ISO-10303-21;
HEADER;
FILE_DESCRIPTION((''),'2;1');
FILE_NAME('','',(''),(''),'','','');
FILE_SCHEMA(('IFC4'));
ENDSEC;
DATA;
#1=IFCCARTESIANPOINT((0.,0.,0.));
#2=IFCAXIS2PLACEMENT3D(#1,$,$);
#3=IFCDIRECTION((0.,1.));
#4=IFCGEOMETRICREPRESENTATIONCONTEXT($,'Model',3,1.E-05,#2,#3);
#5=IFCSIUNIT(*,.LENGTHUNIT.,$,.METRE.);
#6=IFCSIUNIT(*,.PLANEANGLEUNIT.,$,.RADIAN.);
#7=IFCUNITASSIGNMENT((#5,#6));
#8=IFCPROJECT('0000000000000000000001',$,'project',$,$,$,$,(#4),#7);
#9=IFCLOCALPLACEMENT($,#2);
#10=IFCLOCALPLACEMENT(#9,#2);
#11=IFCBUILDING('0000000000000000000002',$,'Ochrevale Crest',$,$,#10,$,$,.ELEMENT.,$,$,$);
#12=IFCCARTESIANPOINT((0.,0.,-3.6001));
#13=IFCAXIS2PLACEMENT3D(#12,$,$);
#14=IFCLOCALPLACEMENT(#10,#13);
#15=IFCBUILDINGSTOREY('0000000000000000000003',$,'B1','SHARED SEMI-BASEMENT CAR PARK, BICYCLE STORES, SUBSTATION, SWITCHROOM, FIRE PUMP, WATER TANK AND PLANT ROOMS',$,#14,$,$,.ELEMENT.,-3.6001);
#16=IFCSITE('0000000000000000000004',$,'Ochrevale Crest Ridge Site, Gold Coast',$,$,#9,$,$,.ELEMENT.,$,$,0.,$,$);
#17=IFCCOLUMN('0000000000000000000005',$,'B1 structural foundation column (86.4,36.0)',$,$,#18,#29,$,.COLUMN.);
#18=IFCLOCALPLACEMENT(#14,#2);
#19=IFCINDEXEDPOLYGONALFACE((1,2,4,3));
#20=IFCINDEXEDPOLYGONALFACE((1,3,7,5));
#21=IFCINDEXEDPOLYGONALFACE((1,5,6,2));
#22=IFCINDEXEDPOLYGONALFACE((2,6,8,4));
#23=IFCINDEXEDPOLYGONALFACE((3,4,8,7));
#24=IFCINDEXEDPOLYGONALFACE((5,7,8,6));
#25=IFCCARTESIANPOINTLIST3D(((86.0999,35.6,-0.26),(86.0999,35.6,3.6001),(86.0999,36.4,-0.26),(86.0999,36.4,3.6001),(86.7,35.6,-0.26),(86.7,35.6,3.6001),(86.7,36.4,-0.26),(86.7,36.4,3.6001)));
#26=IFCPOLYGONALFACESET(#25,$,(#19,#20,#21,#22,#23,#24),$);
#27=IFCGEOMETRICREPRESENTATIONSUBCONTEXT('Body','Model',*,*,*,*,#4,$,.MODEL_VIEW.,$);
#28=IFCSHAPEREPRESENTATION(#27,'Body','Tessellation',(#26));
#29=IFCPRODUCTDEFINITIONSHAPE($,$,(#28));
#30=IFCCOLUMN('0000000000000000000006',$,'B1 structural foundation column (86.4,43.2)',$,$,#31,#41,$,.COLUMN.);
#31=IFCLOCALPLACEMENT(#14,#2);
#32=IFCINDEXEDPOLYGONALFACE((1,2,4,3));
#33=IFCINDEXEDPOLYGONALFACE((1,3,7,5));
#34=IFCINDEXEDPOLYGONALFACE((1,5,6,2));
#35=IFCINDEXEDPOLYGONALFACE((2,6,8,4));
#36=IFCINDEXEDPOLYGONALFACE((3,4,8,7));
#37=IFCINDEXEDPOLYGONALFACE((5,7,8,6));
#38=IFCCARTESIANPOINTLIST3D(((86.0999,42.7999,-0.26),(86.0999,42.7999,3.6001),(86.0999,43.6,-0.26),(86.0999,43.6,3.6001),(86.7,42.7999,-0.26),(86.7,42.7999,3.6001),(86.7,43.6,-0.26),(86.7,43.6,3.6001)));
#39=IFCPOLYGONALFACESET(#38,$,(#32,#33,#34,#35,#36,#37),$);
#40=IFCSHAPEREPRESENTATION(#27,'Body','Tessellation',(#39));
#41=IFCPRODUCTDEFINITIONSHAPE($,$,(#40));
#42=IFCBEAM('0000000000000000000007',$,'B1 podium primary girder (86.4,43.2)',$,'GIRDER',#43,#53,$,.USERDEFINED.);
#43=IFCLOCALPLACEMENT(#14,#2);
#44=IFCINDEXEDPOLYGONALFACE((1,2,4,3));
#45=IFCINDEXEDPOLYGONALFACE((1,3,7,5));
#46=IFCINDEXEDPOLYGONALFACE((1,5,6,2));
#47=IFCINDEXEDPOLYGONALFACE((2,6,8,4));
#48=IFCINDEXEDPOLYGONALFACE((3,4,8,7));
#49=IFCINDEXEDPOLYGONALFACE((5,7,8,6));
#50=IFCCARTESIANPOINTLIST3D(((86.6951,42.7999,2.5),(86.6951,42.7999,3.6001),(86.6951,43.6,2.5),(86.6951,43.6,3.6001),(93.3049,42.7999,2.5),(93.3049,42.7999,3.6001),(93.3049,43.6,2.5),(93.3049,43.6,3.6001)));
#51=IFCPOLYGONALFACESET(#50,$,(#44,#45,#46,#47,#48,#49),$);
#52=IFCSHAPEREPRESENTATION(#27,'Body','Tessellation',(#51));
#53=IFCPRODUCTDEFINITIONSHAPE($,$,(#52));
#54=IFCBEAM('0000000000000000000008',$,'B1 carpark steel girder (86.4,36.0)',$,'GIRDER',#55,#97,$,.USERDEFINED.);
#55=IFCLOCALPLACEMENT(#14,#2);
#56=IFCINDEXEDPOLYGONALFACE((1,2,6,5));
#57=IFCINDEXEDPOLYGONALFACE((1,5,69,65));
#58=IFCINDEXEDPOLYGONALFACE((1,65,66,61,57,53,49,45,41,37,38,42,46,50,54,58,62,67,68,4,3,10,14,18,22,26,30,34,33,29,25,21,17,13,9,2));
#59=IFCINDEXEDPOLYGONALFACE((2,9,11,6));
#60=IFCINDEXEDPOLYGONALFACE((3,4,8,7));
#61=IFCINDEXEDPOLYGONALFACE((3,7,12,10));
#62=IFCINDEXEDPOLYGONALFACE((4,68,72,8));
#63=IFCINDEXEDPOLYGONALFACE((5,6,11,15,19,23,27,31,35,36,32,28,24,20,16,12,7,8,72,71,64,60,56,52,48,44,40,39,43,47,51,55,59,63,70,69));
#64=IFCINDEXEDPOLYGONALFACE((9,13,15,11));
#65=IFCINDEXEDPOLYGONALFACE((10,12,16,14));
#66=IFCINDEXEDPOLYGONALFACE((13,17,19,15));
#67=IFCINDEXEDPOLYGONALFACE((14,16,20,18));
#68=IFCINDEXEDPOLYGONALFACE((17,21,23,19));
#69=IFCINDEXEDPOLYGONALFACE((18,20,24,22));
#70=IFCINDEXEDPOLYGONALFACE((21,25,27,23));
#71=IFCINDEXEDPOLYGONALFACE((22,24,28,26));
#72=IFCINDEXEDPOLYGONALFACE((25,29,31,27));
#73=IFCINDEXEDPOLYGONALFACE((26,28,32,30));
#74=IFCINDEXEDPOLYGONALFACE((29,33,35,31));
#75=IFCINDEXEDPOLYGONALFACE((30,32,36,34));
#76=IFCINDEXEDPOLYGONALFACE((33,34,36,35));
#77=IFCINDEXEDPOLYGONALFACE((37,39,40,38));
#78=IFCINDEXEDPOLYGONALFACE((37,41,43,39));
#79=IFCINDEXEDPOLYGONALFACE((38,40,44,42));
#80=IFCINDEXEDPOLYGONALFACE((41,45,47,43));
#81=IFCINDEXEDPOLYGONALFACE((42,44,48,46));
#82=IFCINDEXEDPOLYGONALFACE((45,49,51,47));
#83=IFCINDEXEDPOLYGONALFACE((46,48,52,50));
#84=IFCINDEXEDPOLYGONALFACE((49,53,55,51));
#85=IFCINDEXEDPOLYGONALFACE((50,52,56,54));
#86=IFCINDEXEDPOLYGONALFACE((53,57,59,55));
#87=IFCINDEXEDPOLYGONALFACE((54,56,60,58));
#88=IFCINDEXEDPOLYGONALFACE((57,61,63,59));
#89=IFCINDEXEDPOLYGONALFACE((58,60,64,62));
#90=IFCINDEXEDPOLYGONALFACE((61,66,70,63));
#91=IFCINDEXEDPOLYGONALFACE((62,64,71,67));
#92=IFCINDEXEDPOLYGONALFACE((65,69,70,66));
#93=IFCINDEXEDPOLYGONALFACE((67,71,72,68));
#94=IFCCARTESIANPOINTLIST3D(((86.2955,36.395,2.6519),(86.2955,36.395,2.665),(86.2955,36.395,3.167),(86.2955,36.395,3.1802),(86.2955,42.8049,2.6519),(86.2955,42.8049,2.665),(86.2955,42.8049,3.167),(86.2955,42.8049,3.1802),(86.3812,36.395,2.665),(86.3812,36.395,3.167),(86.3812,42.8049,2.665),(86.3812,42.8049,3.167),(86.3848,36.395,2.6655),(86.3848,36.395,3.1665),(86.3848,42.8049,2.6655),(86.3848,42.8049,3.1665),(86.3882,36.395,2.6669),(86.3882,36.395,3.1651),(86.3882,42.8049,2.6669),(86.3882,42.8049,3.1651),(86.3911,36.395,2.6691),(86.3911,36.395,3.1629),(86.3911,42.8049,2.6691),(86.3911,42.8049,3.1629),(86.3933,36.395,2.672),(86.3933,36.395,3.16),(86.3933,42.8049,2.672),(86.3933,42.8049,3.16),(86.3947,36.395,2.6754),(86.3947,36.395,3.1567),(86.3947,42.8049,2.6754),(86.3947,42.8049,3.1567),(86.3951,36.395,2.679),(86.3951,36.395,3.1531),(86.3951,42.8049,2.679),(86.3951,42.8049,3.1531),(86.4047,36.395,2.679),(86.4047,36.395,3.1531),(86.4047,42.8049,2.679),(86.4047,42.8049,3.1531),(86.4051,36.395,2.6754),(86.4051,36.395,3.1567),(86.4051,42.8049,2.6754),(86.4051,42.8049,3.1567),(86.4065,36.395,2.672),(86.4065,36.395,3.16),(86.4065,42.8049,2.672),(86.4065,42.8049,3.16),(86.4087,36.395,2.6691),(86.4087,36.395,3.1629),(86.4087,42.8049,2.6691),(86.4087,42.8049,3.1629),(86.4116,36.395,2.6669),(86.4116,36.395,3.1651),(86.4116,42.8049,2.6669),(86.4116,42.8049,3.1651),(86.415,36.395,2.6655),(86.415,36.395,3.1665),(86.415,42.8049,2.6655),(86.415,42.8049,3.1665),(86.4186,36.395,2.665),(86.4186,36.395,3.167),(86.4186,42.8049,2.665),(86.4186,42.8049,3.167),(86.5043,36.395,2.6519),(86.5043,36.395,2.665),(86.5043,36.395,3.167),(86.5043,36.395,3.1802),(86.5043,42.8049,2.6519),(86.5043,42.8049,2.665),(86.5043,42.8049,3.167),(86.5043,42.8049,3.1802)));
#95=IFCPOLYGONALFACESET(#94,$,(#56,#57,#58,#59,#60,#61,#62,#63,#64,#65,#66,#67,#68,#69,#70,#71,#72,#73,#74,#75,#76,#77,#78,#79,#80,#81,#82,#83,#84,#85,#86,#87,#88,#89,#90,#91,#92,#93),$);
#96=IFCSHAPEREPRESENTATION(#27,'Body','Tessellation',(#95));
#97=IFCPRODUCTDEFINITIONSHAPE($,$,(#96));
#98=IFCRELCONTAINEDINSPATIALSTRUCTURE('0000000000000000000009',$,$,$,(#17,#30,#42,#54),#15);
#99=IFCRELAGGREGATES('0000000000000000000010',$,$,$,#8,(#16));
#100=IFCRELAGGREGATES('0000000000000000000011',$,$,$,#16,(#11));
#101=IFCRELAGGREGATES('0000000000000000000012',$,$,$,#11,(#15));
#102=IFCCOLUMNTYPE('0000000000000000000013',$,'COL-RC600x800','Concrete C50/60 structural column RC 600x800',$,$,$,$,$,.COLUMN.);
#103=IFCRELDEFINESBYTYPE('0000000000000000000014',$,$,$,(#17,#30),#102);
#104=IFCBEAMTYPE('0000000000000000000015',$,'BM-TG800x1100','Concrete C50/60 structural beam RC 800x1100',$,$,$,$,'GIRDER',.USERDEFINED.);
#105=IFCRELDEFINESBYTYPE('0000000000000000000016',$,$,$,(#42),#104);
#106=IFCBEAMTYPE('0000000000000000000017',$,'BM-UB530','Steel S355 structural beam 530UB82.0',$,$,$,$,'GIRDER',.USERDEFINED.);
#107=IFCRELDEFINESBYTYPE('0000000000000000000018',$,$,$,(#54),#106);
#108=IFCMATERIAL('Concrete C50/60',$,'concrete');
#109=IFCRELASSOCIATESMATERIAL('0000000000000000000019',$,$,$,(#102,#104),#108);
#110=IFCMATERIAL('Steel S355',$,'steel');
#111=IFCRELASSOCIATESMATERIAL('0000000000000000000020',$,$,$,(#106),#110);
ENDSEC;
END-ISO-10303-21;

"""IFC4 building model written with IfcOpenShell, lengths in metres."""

from ifc_helpers import new_model, si_unit, direction, frame, origin, origin_2d, place, context, subcontext, project, spatial, rectangle, i_section, extrude, material, material_profile, profile_set, type_object, element, save


model = new_model("IFC4")

# Units and contexts
model_context = context("Model", 3, precision=1e-05, world=origin(), true_north=direction((0.0, 1.0)))
body_context = subcontext(model_context, "Body", "Model", "MODEL_VIEW")
ifc_project = project(units=[si_unit("LENGTHUNIT", "METRE"), si_unit("PLANEANGLEUNIT", "RADIAN")], contexts=[model_context])

# Site, building, storey
site_placement = place(None, origin())
site = spatial("IfcSite", under=ifc_project, at=site_placement, Name="Ochrevale Crest Ridge Site, Gold Coast", CompositionType="ELEMENT", RefElevation=0.0)
building_placement = place(site_placement, origin())
building = spatial("IfcBuilding", under=site, at=building_placement, Name="Ochrevale Crest", CompositionType="ELEMENT")
storey_placement = place(building_placement, frame((0.0, 0.0, -3.6001)))
storey = spatial("IfcBuildingStorey", under=building, at=storey_placement, Name="B1", Description="SHARED SEMI-BASEMENT CAR PARK, BICYCLE STORES, SUBSTATION, SWITCHROOM, FIRE PUMP, WATER TANK AND PLANT ROOMS", CompositionType="ELEMENT", Elevation=-3.6001)

# Columns
ifc_material_1 = material(Name="Concrete C50/60", Category="concrete")
ifc_material_profile_1 = material_profile(ifc_material_1, rectangle(XDim=0.6001, YDim=0.8, at=origin_2d()), Name="RC 600x800")
ifc_profile_set_1 = profile_set([ifc_material_profile_1], Name="Concrete C50/60")
column_type_1 = type_object("IfcColumnType", Name="COL-RC600x800", Description="Concrete C50/60 structural column RC 600x800", PredefinedType="COLUMN", material=ifc_profile_set_1)
for number, where, z_axis, x_axis, name in (
    (1, (86.3999, 36.0, -0.26), (0.0, 0.0, 1.0), (1.0, 0.0, 0.0), "B1 structural foundation column (86.4,36.0)"),
    (2, (86.3999, 43.2, -0.26), (0.0, 0.0, 1.0), (1.0, 0.0, 0.0), "B1 structural foundation column (86.4,43.2)"),
):
    element("IfcColumn", number, at=place(storey_placement, frame(where, z_axis=z_axis, x_axis=x_axis)), inside=storey, type_object=column_type_1, Name=name, PredefinedType="COLUMN", context=body_context, shape_type="SweptSolid", body=[
        extrude(rectangle(XDim=0.6001, YDim=0.8, at=origin_2d()), origin(), (0.0, 0.0, 1.0), 3.8601),
    ])

# Beams
ifc_material_profile_2 = material_profile(ifc_material_1, rectangle(XDim=0.8, YDim=1.1001, at=origin_2d()), Name="RC 800x1100")
ifc_profile_set_2 = profile_set([ifc_material_profile_2], Name="Concrete C50/60")
beam_type_1 = type_object("IfcBeamType", Name="BM-TG800x1100", Description="Concrete C50/60 structural beam RC 800x1100", ElementType="GIRDER", PredefinedType="USERDEFINED", material=ifc_profile_set_2)
beam_1_placement = place(storey_placement, frame((86.6951, 43.2, 3.05), z_axis=(1.0, 0.0, 0.0), x_axis=(0.0, 1.0, 0.0)))
element("IfcBeam", 3, at=beam_1_placement, inside=storey, type_object=beam_type_1, Name="B1 podium primary girder (86.4,43.2)", ObjectType="GIRDER", PredefinedType="USERDEFINED", context=body_context, shape_type="SweptSolid", body=[
    extrude(rectangle(XDim=0.8, YDim=1.1001, at=origin_2d()), origin(), (0.0, 0.0, 1.0), 6.6099),
])
ifc_material_2 = material(Name="Steel S355", Category="steel")
ifc_material_profile_3 = material_profile(ifc_material_2, i_section(OverallWidth=0.2087, OverallDepth=0.5283, WebThickness=0.0095, FlangeThickness=0.0132, FilletRadius=0.0139, at=origin_2d()), Name="530UB82.0")
ifc_profile_set_3 = profile_set([ifc_material_profile_3], Name="Steel S355")
beam_type_2 = type_object("IfcBeamType", Name="BM-UB530", Description="Steel S355 structural beam 530UB82.0", ElementType="GIRDER", PredefinedType="USERDEFINED", material=ifc_profile_set_3)
beam_2_placement = place(storey_placement, frame((86.3999, 36.395, 2.916), z_axis=(0.0, 1.0, 0.0), x_axis=(-1.0, 0.0, 0.0)))
element("IfcBeam", 4, at=beam_2_placement, inside=storey, type_object=beam_type_2, Name="B1 carpark steel girder (86.4,36.0)", ObjectType="GIRDER", PredefinedType="USERDEFINED", context=body_context, shape_type="SweptSolid", body=[
    extrude(i_section(OverallWidth=0.2087, OverallDepth=0.5283, WebThickness=0.0095, FlangeThickness=0.0132, FilletRadius=0.0139, at=origin_2d()), origin(), (0.0, 0.0, 1.0), 6.4099),
])

save(model, "model.ifc")
